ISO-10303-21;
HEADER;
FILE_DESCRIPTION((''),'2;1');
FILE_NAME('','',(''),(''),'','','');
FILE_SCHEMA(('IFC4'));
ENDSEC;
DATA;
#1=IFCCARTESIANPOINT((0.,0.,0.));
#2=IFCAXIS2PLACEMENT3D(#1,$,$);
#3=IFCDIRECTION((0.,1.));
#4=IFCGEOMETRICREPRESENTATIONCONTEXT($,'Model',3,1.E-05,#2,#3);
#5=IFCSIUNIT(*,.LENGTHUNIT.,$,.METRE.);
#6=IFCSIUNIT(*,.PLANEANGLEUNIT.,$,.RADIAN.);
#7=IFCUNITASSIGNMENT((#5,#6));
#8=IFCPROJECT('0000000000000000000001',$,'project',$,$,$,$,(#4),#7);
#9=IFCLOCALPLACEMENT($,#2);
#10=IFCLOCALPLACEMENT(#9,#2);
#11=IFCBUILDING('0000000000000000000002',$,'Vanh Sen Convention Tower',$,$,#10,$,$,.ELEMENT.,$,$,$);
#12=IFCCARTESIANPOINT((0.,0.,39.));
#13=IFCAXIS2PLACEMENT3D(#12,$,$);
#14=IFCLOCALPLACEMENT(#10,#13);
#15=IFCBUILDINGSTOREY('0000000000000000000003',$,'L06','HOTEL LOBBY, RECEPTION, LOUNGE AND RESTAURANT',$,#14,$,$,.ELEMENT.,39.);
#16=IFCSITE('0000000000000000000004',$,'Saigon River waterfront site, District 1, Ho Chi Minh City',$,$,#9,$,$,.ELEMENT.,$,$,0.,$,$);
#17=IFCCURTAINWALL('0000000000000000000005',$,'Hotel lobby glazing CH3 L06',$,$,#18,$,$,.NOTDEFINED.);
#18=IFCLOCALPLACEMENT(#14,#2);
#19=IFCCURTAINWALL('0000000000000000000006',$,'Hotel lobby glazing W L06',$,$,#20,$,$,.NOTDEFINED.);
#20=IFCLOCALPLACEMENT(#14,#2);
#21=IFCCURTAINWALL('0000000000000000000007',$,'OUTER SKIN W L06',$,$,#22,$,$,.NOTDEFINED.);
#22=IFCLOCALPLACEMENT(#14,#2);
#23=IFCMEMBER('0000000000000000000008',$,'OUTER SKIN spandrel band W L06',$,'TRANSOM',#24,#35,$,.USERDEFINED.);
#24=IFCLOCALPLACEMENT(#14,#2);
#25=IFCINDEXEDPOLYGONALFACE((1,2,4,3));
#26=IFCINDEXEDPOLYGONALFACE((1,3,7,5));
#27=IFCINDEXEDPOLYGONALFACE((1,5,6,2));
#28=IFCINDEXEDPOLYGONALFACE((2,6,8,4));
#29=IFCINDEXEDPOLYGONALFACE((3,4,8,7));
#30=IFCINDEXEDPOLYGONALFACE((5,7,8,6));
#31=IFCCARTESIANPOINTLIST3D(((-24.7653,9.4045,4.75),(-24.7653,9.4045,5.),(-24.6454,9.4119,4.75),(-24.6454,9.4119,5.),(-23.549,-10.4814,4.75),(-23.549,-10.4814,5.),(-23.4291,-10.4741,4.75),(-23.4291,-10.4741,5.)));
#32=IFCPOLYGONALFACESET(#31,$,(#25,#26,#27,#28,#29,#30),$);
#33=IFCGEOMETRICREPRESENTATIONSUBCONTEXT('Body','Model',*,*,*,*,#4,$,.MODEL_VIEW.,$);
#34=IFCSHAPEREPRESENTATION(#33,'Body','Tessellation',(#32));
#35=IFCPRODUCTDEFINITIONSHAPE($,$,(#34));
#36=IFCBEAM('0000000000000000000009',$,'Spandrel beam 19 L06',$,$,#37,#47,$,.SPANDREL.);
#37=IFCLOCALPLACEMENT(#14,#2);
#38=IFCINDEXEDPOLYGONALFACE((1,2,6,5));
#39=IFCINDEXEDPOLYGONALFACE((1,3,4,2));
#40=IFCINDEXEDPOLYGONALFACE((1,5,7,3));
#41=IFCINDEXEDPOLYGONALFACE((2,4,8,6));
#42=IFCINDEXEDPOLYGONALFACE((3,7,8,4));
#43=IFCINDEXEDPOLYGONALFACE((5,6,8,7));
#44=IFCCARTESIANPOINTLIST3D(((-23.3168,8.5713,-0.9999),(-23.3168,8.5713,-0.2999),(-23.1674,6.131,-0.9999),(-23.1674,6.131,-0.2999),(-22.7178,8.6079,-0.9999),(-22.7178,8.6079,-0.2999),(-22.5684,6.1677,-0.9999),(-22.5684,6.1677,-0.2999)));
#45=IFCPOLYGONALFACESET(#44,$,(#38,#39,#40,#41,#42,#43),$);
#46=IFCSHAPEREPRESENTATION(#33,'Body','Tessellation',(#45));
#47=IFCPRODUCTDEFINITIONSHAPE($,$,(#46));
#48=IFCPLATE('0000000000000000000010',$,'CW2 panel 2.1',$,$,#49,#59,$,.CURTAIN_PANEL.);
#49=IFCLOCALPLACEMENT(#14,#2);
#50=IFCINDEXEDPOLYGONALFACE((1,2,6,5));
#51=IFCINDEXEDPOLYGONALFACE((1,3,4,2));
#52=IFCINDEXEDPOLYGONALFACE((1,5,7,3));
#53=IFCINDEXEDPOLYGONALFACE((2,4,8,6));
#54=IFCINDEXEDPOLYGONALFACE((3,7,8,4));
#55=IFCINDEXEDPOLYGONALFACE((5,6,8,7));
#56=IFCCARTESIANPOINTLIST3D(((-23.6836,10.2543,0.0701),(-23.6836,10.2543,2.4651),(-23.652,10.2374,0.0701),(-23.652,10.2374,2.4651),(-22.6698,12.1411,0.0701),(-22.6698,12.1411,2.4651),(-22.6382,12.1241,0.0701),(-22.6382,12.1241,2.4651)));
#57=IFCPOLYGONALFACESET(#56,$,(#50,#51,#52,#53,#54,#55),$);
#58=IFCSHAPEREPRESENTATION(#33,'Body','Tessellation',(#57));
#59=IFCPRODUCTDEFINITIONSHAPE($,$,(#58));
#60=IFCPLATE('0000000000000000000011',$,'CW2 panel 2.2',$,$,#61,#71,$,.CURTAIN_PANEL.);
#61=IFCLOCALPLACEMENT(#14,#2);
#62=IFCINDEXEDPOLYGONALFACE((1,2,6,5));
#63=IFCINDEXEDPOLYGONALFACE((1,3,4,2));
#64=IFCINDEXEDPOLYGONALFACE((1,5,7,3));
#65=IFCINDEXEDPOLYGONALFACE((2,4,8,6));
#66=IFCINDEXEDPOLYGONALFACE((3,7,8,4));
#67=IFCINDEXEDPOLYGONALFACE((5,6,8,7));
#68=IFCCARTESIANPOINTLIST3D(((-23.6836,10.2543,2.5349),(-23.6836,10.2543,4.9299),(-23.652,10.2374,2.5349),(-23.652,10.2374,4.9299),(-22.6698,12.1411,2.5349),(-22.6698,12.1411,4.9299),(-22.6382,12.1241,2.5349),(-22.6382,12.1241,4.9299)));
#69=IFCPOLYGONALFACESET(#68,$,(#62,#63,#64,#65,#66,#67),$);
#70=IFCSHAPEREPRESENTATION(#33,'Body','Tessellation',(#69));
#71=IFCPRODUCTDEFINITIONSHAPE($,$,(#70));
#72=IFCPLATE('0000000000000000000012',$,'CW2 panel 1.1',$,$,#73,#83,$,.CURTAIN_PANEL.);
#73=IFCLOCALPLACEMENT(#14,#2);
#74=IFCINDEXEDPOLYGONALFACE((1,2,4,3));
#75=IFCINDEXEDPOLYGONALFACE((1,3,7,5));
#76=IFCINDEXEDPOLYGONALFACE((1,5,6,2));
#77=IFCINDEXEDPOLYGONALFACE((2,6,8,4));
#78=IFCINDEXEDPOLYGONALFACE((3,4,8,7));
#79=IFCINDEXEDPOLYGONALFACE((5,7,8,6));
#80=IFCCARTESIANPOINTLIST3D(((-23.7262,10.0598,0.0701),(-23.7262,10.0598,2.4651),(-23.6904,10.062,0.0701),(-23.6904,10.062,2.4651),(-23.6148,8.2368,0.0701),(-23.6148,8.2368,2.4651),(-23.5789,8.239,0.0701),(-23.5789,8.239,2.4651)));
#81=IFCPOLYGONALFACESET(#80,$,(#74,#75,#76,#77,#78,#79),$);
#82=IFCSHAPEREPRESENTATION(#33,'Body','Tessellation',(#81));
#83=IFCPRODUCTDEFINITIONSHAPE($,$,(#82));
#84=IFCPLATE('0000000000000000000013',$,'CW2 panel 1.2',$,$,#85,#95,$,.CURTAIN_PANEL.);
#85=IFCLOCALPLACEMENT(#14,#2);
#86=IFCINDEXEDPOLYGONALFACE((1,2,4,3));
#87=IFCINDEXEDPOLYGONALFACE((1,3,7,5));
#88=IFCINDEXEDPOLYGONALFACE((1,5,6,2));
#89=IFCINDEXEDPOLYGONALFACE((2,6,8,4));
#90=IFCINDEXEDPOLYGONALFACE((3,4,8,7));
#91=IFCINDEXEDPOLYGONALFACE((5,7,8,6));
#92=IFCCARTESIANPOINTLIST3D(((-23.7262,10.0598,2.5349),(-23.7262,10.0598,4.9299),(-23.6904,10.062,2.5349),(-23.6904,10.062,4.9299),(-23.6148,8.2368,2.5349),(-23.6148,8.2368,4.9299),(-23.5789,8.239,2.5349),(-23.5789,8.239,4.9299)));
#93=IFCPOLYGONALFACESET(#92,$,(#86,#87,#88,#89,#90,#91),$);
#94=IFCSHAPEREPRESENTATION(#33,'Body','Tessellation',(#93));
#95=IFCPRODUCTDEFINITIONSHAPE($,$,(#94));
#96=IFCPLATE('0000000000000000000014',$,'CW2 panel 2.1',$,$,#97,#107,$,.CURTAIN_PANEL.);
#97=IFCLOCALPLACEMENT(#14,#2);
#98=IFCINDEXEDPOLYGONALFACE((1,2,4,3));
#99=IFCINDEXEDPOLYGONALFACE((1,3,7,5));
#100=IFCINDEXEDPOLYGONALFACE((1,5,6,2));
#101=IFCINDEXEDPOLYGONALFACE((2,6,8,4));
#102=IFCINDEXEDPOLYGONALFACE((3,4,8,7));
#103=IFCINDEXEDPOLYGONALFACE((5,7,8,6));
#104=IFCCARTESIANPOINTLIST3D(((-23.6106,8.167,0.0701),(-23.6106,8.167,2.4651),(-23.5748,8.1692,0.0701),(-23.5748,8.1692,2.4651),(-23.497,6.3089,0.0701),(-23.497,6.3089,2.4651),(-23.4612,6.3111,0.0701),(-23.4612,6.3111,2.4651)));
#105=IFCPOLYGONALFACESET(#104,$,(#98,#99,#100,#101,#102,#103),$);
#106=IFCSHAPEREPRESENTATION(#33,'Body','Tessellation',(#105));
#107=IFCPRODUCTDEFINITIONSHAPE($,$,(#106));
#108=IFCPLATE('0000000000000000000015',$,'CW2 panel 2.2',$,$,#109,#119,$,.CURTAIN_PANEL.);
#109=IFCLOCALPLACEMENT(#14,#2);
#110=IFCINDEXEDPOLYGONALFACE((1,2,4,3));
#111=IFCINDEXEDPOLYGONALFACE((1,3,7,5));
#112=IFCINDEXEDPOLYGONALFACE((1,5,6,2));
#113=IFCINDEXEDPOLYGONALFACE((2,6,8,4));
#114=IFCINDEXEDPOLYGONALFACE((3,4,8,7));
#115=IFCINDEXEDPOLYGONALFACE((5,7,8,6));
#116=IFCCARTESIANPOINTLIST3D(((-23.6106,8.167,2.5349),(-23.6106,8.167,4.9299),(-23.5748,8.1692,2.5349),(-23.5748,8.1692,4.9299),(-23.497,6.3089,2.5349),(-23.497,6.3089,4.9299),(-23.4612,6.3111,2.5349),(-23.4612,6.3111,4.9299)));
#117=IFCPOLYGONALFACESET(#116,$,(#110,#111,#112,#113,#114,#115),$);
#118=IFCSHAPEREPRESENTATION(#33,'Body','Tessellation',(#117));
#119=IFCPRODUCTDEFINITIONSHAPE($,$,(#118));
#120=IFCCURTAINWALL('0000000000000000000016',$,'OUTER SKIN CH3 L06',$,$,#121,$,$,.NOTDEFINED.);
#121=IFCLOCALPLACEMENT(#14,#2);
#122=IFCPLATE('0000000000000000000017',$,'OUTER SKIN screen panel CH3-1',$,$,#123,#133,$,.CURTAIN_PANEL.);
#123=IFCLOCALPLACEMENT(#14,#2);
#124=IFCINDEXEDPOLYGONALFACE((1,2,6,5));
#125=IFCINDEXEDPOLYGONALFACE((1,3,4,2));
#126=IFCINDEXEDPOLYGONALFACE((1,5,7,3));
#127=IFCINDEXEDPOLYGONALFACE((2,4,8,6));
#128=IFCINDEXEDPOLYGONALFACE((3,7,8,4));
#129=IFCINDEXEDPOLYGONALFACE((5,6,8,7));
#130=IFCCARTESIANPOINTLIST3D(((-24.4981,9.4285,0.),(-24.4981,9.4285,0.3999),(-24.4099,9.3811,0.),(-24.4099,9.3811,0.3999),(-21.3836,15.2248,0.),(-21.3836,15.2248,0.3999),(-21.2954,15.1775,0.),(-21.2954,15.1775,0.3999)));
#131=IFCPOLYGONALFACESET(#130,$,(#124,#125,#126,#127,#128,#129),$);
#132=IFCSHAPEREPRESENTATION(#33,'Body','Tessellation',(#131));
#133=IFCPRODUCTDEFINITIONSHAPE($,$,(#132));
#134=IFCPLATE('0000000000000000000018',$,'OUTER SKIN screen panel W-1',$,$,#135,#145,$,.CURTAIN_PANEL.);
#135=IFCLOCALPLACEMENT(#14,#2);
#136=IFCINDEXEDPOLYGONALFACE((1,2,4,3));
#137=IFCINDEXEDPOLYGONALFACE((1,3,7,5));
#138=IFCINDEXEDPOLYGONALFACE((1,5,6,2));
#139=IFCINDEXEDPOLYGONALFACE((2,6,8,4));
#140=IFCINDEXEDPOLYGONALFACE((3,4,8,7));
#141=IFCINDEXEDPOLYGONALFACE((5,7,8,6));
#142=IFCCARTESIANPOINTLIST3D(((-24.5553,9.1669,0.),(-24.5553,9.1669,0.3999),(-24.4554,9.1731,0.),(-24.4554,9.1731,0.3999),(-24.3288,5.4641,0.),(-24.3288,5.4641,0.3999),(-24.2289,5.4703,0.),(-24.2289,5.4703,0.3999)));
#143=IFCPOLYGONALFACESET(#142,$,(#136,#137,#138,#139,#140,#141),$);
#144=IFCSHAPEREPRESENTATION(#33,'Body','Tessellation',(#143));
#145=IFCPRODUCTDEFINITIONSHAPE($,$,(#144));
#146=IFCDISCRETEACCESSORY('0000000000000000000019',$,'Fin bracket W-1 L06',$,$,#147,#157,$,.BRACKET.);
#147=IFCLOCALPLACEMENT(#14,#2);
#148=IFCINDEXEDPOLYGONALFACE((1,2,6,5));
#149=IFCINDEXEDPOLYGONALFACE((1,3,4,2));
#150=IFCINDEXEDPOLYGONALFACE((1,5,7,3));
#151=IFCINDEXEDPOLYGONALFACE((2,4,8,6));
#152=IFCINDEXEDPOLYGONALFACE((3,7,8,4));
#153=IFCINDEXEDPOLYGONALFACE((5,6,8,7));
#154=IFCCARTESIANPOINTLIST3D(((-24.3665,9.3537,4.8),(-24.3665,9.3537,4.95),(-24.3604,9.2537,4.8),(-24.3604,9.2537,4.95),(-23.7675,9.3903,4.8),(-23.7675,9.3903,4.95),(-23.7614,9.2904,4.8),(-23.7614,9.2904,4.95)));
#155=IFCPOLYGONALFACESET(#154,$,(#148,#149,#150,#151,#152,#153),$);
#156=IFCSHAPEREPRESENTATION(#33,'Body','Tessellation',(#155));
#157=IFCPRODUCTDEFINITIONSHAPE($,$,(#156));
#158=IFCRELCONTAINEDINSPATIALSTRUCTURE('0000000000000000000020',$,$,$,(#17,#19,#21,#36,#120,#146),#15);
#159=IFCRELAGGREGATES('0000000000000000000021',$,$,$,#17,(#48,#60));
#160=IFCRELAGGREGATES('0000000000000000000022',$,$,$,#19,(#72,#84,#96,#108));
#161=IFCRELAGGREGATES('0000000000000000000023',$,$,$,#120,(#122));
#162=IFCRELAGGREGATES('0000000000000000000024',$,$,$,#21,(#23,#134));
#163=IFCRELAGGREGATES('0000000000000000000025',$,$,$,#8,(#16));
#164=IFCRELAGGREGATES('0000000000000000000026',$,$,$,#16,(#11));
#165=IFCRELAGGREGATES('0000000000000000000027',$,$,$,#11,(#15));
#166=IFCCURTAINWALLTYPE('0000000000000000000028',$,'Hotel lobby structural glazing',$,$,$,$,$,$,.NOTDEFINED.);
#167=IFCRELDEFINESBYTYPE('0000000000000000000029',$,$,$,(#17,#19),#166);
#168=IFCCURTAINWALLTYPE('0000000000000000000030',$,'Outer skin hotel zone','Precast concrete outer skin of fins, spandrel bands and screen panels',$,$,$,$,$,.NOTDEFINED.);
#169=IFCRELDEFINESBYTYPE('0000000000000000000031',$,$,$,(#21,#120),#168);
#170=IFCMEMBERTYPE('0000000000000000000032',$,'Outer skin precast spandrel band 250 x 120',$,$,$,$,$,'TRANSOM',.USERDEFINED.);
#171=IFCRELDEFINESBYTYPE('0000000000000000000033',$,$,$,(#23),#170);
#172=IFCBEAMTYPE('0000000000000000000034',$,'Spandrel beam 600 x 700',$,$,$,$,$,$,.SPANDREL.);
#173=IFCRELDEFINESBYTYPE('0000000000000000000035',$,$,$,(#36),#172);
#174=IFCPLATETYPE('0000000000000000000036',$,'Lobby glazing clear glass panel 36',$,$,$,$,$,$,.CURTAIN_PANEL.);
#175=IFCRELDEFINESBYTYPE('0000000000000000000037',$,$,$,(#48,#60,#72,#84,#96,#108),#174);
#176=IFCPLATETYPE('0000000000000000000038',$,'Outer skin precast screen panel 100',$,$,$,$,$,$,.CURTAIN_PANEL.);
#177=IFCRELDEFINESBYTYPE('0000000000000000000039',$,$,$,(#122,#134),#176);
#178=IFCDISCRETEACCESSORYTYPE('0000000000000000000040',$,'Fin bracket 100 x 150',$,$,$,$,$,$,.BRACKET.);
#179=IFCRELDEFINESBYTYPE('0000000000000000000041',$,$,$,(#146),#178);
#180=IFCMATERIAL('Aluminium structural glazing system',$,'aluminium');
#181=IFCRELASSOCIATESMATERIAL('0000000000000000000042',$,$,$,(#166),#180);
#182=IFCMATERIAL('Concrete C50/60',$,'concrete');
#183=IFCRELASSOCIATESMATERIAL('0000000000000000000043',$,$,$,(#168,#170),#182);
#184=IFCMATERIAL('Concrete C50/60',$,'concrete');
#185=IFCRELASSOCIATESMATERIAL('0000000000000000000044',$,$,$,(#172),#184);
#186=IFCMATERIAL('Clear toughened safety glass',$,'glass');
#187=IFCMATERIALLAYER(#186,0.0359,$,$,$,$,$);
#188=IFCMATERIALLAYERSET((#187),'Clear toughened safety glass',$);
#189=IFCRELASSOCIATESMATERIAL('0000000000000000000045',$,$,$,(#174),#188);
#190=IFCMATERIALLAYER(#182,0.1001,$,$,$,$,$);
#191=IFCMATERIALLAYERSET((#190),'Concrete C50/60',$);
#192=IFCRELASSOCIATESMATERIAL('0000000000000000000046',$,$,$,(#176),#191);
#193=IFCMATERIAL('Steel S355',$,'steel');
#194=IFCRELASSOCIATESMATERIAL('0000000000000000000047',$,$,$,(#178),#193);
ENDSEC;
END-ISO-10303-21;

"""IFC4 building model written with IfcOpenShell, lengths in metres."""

from ifc_helpers import new_model, si_unit, direction, frame, origin, origin_2d, place, context, subcontext, project, spatial, rectangle, extrude, material, layer, layer_set, material_profile, profile_set, type_object, element, aggregate, save


model = new_model("IFC4")

# Units and contexts
model_context = context("Model", 3, precision=1e-05, world=origin(), true_north=direction((0.0, 1.0)))
body_context = subcontext(model_context, "Body", "Model", "MODEL_VIEW")
ifc_project = project(units=[si_unit("LENGTHUNIT", "METRE"), si_unit("PLANEANGLEUNIT", "RADIAN")], contexts=[model_context])

# Site, building, storey
site_placement = place(None, origin())
site = spatial("IfcSite", under=ifc_project, at=site_placement, Name="Saigon River waterfront site, District 1, Ho Chi Minh City", CompositionType="ELEMENT", RefElevation=0.0)
building_placement = place(site_placement, origin())
building = spatial("IfcBuilding", under=site, at=building_placement, Name="Vanh Sen Convention Tower", CompositionType="ELEMENT")
storey_placement = place(building_placement, frame((0.0, 0.0, 39.0)))
storey = spatial("IfcBuildingStorey", under=building, at=storey_placement, Name="L06", Description="HOTEL LOBBY, RECEPTION, LOUNGE AND RESTAURANT", CompositionType="ELEMENT", Elevation=39.0)

# Curtain wall
ifc_material_1 = material(Name="Aluminium structural glazing system", Category="aluminium")
curtain_wall_type_1 = type_object("IfcCurtainWallType", Name="Hotel lobby structural glazing", PredefinedType="NOTDEFINED", material=ifc_material_1)
curtain_wall_1_placement = place(storey_placement, origin())
curtain_wall_1 = element("IfcCurtainWall", 1, at=curtain_wall_1_placement, inside=storey, type_object=curtain_wall_type_1, Name="Hotel lobby glazing CH3 L06", PredefinedType="NOTDEFINED")

# Curtain walls, member
curtain_wall_2_placement = place(storey_placement, origin())
curtain_wall_2 = element("IfcCurtainWall", 2, at=curtain_wall_2_placement, inside=storey, type_object=curtain_wall_type_1, Name="Hotel lobby glazing W L06", PredefinedType="NOTDEFINED")
ifc_material_2 = material(Name="Concrete C50/60", Category="concrete")
curtain_wall_type_2 = type_object("IfcCurtainWallType", Name="Outer skin hotel zone", Description="Precast concrete outer skin of fins, spandrel bands and screen panels", PredefinedType="NOTDEFINED", material=ifc_material_2)
curtain_wall_3_placement = place(storey_placement, origin())
curtain_wall_3 = element("IfcCurtainWall", 3, at=curtain_wall_3_placement, inside=storey, type_object=curtain_wall_type_2, Name="OUTER SKIN W L06", PredefinedType="NOTDEFINED")
ifc_material_profile_1 = material_profile(ifc_material_2, rectangle(XDim=0.1201, YDim=0.25, at=origin_2d()), Name="Outer skin precast spandrel band 250 x 120")
ifc_profile_set_1 = profile_set([ifc_material_profile_1], Name="Concrete C50/60")
member_type_1 = type_object("IfcMemberType", Name="Outer skin precast spandrel band 250 x 120", ElementType="TRANSOM", PredefinedType="USERDEFINED", material=ifc_profile_set_1)
member_1_placement = place(storey_placement, frame((-24.7053, 9.4082, 4.875), z_axis=(0.06105, -0.998135, 0.0), x_axis=(0.998135, 0.06105, 0.0)))
member_1 = element("IfcMember", 4, at=member_1_placement, type_object=member_type_1, Name="OUTER SKIN spandrel band W L06", ObjectType="TRANSOM", PredefinedType="USERDEFINED", context=body_context, shape_type="SweptSolid", body=[
    extrude(rectangle(XDim=0.1201, YDim=0.25, at=origin_2d()), origin(), (0.0, 0.0, 1.0), 19.9231),
])

# Beam
ifc_material_3 = material(Name="Concrete C50/60", Category="concrete")
ifc_material_profile_2 = material_profile(ifc_material_3, rectangle(XDim=0.6001, YDim=0.7, at=origin_2d()), Name="RC 600X700")
ifc_profile_set_2 = profile_set([ifc_material_profile_2], Name="Concrete C50/60")
beam_type = type_object("IfcBeamType", Name="Spandrel beam 600 x 700", PredefinedType="SPANDREL", material=ifc_profile_set_2)
beam_placement = place(storey_placement, frame((-23.0173, 8.5896, -0.6499), z_axis=(0.061116, -0.998131, 0.0), x_axis=(0.998131, 0.061116, 0.0)))
element("IfcBeam", 5, at=beam_placement, inside=storey, type_object=beam_type, Name="Spandrel beam 19 L06", PredefinedType="SPANDREL", context=body_context, shape_type="SweptSolid", body=[
    extrude(rectangle(XDim=0.6001, YDim=0.7, at=origin_2d()), origin(), (0.0, 0.0, 1.0), 2.4448),
])

# Plates
ifc_material_4 = material(Name="Clear toughened safety glass", Category="glass")
ifc_layer_1 = layer(ifc_material_4, 0.0359)
ifc_layer_set_1 = layer_set([ifc_layer_1], Name="Clear toughened safety glass")
plate_type_1 = type_object("IfcPlateType", Name="Lobby glazing clear glass panel 36", PredefinedType="CURTAIN_PANEL", material=ifc_layer_set_1)
plate_1_placement = place(storey_placement, frame((-23.1609, 11.1892, 0.0701), z_axis=(0.0, 0.0, 1.0), x_axis=(-0.473331, -0.880884, 0.0)))
plate_1 = element("IfcPlate", 6, at=plate_1_placement, type_object=plate_type_1, Name="CW2 panel 2.1", PredefinedType="CURTAIN_PANEL", context=body_context, shape_type="SweptSolid", body=[
    extrude(rectangle(XDim=2.1418, YDim=0.0359, at=origin_2d()), origin(), (0.0, 0.0, 1.0), 2.395),
])
plate_2_placement = place(storey_placement, frame((-23.1609, 11.1892, 2.5349), z_axis=(0.0, 0.0, 1.0), x_axis=(-0.473331, -0.880884, 0.0)))
plate_2 = element("IfcPlate", 7, at=plate_2_placement, type_object=plate_type_1, Name="CW2 panel 2.2", PredefinedType="CURTAIN_PANEL", context=body_context, shape_type="SweptSolid", body=[
    extrude(rectangle(XDim=2.1418, YDim=0.0359, at=origin_2d()), origin(), (0.0, 0.0, 1.0), 2.395),
])
aggregate(curtain_wall_1, [plate_1, plate_2])
plate_3_placement = place(storey_placement, frame((-23.6526, 9.1494, 0.0701), z_axis=(0.0, 0.0, 1.0), x_axis=(0.061046, -0.998135, 0.0)))
plate_3 = element("IfcPlate", 8, at=plate_3_placement, type_object=plate_type_1, Name="CW2 panel 1.1", PredefinedType="CURTAIN_PANEL", context=body_context, shape_type="SweptSolid", body=[
    extrude(rectangle(XDim=1.8264, YDim=0.0359, at=origin_2d()), origin(), (0.0, 0.0, 1.0), 2.395),
])
plate_4_placement = place(storey_placement, frame((-23.6526, 9.1494, 2.5349), z_axis=(0.0, 0.0, 1.0), x_axis=(0.061046, -0.998135, 0.0)))
plate_4 = element("IfcPlate", 9, at=plate_4_placement, type_object=plate_type_1, Name="CW2 panel 1.2", PredefinedType="CURTAIN_PANEL", context=body_context, shape_type="SweptSolid", body=[
    extrude(rectangle(XDim=1.8264, YDim=0.0359, at=origin_2d()), origin(), (0.0, 0.0, 1.0), 2.395),
])
plate_5_placement = place(storey_placement, frame((-23.5359, 7.239, 0.0701), z_axis=(0.0, 0.0, 1.0), x_axis=(0.061046, -0.998135, 0.0)))
plate_5 = element("IfcPlate", 10, at=plate_5_placement, type_object=plate_type_1, Name="CW2 panel 2.1", PredefinedType="CURTAIN_PANEL", context=body_context, shape_type="SweptSolid", body=[
    extrude(rectangle(XDim=1.8616, YDim=0.0359, at=origin_2d()), origin(), (0.0, 0.0, 1.0), 2.395),
])
plate_6_placement = place(storey_placement, frame((-23.5359, 7.239, 2.5349), z_axis=(0.0, 0.0, 1.0), x_axis=(0.061046, -0.998135, 0.0)))
plate_6 = element("IfcPlate", 11, at=plate_6_placement, type_object=plate_type_1, Name="CW2 panel 2.2", PredefinedType="CURTAIN_PANEL", context=body_context, shape_type="SweptSolid", body=[
    extrude(rectangle(XDim=1.8616, YDim=0.0359, at=origin_2d()), origin(), (0.0, 0.0, 1.0), 2.395),
])
aggregate(curtain_wall_2, [plate_3, plate_4, plate_5, plate_6])

# Curtain wall, plate
curtain_wall_4_placement = place(storey_placement, origin())
curtain_wall_4 = element("IfcCurtainWall", 12, at=curtain_wall_4_placement, inside=storey, type_object=curtain_wall_type_2, Name="OUTER SKIN CH3 L06", PredefinedType="NOTDEFINED")
ifc_layer_2 = layer(ifc_material_2, 0.1001)
ifc_layer_set_2 = layer_set([ifc_layer_2], Name="Concrete C50/60")
plate_type_2 = type_object("IfcPlateType", Name="Outer skin precast screen panel 100", PredefinedType="CURTAIN_PANEL", material=ifc_layer_set_2)
plate_7_placement = place(storey_placement, frame((-22.8967, 12.303, 0.0), z_axis=(0.0, 0.0, 1.0), x_axis=(-0.473318, -0.880892, 0.0)))
plate_7 = element("IfcPlate", 13, at=plate_7_placement, type_object=plate_type_2, Name="OUTER SKIN screen panel CH3-1", PredefinedType="CURTAIN_PANEL", context=body_context, shape_type="SweptSolid", body=[
    extrude(rectangle(XDim=6.5801, YDim=0.1001, at=origin_2d()), origin(), (0.0, 0.0, 1.0), 0.3999),
])
aggregate(curtain_wall_4, [plate_7])

# Plate
plate_8_placement = place(storey_placement, frame((-24.3921, 7.3186, 0.0), z_axis=(0.0, 0.0, 1.0), x_axis=(0.061047, -0.998135, 0.0)))
plate_8 = element("IfcPlate", 14, at=plate_8_placement, type_object=plate_type_2, Name="OUTER SKIN screen panel W-1", PredefinedType="CURTAIN_PANEL", context=body_context, shape_type="SweptSolid", body=[
    extrude(rectangle(XDim=3.7097, YDim=0.1001, at=origin_2d()), origin(), (0.0, 0.0, 1.0), 0.3999),
])
aggregate(curtain_wall_3, [member_1, plate_8])

# Discrete accessory
ifc_material_5 = material(Name="Steel S355", Category="steel")
discrete_accessory_type = type_object("IfcDiscreteAccessoryType", Name="Fin bracket 100 x 150", PredefinedType="BRACKET", material=ifc_material_5)
discrete_accessory_placement = place(storey_placement, frame((-24.064, 9.322, 4.8), z_axis=(0.0, 0.0, 1.0), x_axis=(-0.998135, -0.061049, 0.0)))
element("IfcDiscreteAccessory", 15, at=discrete_accessory_placement, inside=storey, type_object=discrete_accessory_type, Name="Fin bracket W-1 L06", PredefinedType="BRACKET", context=body_context, shape_type="SweptSolid", body=[
    extrude(rectangle(XDim=0.6001, YDim=0.1001, at=origin_2d()), origin(), (0.0, 0.0, 1.0), 0.1499),
])

save(model, "model.ifc")
